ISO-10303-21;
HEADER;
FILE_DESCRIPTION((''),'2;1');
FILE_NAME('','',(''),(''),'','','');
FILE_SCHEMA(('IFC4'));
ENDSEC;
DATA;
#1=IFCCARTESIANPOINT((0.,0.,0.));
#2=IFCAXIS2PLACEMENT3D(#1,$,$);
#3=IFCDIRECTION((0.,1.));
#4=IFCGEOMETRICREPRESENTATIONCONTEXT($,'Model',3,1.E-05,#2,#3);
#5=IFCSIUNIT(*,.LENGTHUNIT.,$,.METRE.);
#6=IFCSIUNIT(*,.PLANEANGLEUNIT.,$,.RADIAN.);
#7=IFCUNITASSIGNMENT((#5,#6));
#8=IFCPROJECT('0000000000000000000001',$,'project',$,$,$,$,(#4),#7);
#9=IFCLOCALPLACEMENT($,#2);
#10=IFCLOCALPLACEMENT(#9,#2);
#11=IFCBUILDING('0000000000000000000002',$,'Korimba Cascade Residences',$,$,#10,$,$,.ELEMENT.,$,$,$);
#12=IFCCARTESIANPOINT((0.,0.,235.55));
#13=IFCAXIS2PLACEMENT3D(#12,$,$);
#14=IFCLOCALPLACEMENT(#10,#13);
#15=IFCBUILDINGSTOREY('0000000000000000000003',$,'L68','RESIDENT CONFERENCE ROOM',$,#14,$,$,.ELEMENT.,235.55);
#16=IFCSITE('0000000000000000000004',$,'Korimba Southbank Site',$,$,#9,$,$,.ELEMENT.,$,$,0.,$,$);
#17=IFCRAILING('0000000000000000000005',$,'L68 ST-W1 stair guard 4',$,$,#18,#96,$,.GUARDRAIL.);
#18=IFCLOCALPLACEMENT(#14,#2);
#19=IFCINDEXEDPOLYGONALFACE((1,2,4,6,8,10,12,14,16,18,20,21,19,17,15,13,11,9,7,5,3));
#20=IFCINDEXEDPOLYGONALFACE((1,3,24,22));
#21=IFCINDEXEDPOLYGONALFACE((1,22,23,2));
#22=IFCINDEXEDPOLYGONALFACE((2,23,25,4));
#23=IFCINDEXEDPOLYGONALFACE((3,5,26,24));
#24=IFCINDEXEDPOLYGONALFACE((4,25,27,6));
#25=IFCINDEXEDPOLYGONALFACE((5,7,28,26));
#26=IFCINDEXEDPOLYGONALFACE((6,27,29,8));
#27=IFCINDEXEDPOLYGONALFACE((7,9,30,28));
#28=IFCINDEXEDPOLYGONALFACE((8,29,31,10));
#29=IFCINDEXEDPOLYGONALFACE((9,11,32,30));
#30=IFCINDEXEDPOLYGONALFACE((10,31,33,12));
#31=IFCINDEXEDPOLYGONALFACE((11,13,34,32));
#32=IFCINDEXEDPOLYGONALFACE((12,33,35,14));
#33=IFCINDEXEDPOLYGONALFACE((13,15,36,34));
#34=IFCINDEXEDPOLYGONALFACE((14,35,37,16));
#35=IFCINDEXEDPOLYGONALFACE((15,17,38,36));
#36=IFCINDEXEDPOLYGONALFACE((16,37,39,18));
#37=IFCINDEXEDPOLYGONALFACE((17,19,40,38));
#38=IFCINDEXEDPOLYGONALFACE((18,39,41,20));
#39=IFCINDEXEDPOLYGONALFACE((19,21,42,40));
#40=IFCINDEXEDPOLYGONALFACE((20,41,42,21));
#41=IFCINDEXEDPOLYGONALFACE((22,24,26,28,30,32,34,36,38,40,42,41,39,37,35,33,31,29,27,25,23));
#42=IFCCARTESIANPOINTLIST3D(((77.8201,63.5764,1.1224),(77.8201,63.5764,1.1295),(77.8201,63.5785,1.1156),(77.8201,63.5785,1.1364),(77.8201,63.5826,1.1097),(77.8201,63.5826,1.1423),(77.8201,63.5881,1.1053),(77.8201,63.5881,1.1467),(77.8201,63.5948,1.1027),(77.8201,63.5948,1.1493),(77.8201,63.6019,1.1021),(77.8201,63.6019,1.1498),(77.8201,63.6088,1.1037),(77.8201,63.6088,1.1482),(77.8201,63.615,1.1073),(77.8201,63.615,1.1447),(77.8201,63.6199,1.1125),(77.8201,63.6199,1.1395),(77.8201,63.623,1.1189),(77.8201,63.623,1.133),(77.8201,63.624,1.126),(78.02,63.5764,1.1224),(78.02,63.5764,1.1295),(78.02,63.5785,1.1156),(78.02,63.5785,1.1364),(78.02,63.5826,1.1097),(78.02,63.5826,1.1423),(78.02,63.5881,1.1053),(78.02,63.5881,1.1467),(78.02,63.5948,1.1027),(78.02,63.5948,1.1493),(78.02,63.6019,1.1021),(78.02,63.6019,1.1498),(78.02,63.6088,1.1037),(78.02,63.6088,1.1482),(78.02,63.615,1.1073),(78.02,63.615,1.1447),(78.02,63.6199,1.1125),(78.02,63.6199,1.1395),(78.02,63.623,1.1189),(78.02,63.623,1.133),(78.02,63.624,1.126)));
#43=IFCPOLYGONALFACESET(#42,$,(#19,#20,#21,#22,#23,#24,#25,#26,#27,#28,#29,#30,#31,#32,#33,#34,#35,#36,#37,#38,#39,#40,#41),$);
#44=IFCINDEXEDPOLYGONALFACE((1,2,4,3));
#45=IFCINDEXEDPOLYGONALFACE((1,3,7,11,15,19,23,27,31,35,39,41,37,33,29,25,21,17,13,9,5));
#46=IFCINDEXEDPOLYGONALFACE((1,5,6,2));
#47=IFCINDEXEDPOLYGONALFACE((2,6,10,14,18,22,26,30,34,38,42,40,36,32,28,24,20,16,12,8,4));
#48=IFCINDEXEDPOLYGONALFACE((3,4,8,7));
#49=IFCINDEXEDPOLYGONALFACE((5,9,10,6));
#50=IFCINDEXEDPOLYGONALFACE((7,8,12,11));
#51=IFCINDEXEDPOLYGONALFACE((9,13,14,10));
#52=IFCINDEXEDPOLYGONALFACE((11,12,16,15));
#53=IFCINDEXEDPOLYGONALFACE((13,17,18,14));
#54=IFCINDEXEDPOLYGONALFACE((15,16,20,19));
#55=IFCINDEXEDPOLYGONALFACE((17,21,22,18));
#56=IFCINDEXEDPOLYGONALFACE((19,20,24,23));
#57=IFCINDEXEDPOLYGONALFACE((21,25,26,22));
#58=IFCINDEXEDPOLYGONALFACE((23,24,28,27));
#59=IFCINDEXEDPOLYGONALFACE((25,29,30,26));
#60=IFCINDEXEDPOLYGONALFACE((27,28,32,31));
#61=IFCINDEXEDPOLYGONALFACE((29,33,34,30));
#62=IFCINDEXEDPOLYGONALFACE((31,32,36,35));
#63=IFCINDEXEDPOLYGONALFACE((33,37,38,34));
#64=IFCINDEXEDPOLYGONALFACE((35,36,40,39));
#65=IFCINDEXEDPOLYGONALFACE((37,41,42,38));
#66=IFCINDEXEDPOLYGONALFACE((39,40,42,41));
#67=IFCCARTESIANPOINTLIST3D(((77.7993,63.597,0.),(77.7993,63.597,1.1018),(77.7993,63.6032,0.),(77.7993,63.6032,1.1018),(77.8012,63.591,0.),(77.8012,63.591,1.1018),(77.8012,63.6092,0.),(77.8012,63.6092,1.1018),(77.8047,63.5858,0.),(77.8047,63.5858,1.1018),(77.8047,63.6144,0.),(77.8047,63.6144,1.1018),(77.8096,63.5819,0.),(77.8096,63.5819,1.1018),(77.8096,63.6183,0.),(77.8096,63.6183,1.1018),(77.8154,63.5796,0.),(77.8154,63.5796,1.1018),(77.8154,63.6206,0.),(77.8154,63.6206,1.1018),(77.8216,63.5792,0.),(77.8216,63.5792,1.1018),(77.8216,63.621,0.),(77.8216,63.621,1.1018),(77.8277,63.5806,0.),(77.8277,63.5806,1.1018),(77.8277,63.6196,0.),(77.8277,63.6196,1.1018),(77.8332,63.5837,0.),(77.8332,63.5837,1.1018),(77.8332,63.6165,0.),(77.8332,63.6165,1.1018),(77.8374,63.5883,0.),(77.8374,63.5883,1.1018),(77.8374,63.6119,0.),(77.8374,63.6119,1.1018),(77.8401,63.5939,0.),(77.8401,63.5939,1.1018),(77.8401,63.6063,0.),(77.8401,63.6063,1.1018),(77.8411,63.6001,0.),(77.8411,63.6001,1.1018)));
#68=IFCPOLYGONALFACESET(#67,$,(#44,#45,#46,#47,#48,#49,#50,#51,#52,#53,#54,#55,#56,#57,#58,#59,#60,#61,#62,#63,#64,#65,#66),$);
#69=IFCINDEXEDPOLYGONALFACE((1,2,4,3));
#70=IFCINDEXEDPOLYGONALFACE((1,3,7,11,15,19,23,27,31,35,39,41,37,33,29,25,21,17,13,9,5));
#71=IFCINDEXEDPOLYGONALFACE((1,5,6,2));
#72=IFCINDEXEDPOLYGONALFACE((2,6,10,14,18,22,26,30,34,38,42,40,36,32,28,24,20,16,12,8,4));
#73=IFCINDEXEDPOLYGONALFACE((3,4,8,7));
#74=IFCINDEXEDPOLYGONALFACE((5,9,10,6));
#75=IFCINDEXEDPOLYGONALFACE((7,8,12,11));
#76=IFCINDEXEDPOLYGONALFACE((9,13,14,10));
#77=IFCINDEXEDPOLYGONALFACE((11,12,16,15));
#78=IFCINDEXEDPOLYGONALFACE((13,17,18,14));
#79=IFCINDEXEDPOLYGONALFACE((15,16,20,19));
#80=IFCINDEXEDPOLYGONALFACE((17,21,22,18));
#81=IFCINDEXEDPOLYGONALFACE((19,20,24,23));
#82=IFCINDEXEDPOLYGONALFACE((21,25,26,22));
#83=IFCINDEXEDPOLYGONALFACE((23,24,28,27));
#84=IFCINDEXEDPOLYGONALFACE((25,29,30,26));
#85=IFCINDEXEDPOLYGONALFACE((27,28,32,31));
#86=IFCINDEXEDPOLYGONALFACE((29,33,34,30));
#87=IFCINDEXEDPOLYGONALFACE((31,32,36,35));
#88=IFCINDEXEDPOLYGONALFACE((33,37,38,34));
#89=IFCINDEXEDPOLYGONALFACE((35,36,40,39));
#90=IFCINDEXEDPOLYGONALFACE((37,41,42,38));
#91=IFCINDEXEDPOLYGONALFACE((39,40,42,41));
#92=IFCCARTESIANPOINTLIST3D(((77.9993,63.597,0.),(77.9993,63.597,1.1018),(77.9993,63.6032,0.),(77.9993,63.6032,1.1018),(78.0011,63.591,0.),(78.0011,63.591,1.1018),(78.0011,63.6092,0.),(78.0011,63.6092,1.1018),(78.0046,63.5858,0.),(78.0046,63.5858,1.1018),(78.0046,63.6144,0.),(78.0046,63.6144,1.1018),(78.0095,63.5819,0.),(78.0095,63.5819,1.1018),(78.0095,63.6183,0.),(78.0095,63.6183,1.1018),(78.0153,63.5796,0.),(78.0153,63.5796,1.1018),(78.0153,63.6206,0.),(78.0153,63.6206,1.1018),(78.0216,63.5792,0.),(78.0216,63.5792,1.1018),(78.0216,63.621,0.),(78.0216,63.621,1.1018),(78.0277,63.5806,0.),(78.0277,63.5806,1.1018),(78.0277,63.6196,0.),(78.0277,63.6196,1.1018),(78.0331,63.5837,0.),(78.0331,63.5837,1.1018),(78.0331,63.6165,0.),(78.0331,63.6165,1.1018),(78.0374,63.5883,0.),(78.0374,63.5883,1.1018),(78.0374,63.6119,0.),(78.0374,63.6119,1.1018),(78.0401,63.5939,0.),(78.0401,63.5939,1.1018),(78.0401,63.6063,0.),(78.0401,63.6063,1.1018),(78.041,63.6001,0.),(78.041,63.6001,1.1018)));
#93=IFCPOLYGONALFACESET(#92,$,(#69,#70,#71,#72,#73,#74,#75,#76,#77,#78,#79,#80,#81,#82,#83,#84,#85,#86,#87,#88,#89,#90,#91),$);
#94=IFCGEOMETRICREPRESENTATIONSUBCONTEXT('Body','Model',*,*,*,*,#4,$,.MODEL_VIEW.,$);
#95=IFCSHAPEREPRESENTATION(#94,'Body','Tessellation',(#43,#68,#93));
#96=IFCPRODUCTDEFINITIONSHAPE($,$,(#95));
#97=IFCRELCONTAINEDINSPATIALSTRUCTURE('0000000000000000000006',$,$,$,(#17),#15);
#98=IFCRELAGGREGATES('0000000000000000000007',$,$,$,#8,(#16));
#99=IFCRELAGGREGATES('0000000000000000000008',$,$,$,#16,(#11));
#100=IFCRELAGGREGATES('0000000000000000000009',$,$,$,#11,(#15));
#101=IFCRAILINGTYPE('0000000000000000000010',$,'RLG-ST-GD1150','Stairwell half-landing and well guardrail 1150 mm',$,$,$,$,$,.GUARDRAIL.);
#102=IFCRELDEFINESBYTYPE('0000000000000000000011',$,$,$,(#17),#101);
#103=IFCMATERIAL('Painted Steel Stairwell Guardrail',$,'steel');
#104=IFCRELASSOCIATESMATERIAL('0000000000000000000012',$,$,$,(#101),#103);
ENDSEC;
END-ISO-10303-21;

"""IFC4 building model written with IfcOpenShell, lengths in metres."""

from ifc_helpers import new_model, si_unit, direction, frame, origin, origin_2d, place, context, subcontext, project, spatial, circle, extrude, material, type_object, element, save


model = new_model("IFC4")

# Units and contexts
model_context = context("Model", 3, precision=1e-05, world=origin(), true_north=direction((0.0, 1.0)))
body_context = subcontext(model_context, "Body", "Model", "MODEL_VIEW")
ifc_project = project(units=[si_unit("LENGTHUNIT", "METRE"), si_unit("PLANEANGLEUNIT", "RADIAN")], contexts=[model_context])

# Site, building, storey
site_placement = place(None, origin())
site = spatial("IfcSite", under=ifc_project, at=site_placement, Name="Korimba Southbank Site", CompositionType="ELEMENT", RefElevation=0.0)
building_placement = place(site_placement, origin())
building = spatial("IfcBuilding", under=site, at=building_placement, Name="Korimba Cascade Residences", CompositionType="ELEMENT")
storey_placement = place(building_placement, frame((0.0, 0.0, 235.55)))
storey = spatial("IfcBuildingStorey", under=building, at=storey_placement, Name="L68", Description="RESIDENT CONFERENCE ROOM", CompositionType="ELEMENT", Elevation=235.55)

# Railing
ifc_material_1 = material(Name="Painted Steel Stairwell Guardrail", Category="steel")
railing_type_1 = type_object("IfcRailingType", Name="RLG-ST-GD1150", Description="Stairwell half-landing and well guardrail 1150 mm", PredefinedType="GUARDRAIL", material=ifc_material_1)
railing_1_placement = place(storey_placement, frame((77.8201, 63.6001, 0.0)))
element("IfcRailing", 1, at=railing_1_placement, inside=storey, type_object=railing_type_1, Name="L68 ST-W1 stair guard 4", PredefinedType="GUARDRAIL", context=body_context, shape_type="SweptSolid", body=[
    extrude(circle(Radius=0.0239, at=origin_2d()), frame((0.0, 0.0, 1.126), z_axis=(1.0, 0.0, 0.0), x_axis=(0.0, 1.0, 0.0)), (0.0, 0.0, 1.0), 0.2),
    extrude(circle(Radius=0.021, at=origin_2d()), origin(), (0.0, 0.0, 1.0), 1.1018),
    extrude(circle(Radius=0.021, at=origin_2d()), frame((0.2, 0.0, 0.0)), (0.0, 0.0, 1.0), 1.1018),
])

save(model, "model.ifc")
